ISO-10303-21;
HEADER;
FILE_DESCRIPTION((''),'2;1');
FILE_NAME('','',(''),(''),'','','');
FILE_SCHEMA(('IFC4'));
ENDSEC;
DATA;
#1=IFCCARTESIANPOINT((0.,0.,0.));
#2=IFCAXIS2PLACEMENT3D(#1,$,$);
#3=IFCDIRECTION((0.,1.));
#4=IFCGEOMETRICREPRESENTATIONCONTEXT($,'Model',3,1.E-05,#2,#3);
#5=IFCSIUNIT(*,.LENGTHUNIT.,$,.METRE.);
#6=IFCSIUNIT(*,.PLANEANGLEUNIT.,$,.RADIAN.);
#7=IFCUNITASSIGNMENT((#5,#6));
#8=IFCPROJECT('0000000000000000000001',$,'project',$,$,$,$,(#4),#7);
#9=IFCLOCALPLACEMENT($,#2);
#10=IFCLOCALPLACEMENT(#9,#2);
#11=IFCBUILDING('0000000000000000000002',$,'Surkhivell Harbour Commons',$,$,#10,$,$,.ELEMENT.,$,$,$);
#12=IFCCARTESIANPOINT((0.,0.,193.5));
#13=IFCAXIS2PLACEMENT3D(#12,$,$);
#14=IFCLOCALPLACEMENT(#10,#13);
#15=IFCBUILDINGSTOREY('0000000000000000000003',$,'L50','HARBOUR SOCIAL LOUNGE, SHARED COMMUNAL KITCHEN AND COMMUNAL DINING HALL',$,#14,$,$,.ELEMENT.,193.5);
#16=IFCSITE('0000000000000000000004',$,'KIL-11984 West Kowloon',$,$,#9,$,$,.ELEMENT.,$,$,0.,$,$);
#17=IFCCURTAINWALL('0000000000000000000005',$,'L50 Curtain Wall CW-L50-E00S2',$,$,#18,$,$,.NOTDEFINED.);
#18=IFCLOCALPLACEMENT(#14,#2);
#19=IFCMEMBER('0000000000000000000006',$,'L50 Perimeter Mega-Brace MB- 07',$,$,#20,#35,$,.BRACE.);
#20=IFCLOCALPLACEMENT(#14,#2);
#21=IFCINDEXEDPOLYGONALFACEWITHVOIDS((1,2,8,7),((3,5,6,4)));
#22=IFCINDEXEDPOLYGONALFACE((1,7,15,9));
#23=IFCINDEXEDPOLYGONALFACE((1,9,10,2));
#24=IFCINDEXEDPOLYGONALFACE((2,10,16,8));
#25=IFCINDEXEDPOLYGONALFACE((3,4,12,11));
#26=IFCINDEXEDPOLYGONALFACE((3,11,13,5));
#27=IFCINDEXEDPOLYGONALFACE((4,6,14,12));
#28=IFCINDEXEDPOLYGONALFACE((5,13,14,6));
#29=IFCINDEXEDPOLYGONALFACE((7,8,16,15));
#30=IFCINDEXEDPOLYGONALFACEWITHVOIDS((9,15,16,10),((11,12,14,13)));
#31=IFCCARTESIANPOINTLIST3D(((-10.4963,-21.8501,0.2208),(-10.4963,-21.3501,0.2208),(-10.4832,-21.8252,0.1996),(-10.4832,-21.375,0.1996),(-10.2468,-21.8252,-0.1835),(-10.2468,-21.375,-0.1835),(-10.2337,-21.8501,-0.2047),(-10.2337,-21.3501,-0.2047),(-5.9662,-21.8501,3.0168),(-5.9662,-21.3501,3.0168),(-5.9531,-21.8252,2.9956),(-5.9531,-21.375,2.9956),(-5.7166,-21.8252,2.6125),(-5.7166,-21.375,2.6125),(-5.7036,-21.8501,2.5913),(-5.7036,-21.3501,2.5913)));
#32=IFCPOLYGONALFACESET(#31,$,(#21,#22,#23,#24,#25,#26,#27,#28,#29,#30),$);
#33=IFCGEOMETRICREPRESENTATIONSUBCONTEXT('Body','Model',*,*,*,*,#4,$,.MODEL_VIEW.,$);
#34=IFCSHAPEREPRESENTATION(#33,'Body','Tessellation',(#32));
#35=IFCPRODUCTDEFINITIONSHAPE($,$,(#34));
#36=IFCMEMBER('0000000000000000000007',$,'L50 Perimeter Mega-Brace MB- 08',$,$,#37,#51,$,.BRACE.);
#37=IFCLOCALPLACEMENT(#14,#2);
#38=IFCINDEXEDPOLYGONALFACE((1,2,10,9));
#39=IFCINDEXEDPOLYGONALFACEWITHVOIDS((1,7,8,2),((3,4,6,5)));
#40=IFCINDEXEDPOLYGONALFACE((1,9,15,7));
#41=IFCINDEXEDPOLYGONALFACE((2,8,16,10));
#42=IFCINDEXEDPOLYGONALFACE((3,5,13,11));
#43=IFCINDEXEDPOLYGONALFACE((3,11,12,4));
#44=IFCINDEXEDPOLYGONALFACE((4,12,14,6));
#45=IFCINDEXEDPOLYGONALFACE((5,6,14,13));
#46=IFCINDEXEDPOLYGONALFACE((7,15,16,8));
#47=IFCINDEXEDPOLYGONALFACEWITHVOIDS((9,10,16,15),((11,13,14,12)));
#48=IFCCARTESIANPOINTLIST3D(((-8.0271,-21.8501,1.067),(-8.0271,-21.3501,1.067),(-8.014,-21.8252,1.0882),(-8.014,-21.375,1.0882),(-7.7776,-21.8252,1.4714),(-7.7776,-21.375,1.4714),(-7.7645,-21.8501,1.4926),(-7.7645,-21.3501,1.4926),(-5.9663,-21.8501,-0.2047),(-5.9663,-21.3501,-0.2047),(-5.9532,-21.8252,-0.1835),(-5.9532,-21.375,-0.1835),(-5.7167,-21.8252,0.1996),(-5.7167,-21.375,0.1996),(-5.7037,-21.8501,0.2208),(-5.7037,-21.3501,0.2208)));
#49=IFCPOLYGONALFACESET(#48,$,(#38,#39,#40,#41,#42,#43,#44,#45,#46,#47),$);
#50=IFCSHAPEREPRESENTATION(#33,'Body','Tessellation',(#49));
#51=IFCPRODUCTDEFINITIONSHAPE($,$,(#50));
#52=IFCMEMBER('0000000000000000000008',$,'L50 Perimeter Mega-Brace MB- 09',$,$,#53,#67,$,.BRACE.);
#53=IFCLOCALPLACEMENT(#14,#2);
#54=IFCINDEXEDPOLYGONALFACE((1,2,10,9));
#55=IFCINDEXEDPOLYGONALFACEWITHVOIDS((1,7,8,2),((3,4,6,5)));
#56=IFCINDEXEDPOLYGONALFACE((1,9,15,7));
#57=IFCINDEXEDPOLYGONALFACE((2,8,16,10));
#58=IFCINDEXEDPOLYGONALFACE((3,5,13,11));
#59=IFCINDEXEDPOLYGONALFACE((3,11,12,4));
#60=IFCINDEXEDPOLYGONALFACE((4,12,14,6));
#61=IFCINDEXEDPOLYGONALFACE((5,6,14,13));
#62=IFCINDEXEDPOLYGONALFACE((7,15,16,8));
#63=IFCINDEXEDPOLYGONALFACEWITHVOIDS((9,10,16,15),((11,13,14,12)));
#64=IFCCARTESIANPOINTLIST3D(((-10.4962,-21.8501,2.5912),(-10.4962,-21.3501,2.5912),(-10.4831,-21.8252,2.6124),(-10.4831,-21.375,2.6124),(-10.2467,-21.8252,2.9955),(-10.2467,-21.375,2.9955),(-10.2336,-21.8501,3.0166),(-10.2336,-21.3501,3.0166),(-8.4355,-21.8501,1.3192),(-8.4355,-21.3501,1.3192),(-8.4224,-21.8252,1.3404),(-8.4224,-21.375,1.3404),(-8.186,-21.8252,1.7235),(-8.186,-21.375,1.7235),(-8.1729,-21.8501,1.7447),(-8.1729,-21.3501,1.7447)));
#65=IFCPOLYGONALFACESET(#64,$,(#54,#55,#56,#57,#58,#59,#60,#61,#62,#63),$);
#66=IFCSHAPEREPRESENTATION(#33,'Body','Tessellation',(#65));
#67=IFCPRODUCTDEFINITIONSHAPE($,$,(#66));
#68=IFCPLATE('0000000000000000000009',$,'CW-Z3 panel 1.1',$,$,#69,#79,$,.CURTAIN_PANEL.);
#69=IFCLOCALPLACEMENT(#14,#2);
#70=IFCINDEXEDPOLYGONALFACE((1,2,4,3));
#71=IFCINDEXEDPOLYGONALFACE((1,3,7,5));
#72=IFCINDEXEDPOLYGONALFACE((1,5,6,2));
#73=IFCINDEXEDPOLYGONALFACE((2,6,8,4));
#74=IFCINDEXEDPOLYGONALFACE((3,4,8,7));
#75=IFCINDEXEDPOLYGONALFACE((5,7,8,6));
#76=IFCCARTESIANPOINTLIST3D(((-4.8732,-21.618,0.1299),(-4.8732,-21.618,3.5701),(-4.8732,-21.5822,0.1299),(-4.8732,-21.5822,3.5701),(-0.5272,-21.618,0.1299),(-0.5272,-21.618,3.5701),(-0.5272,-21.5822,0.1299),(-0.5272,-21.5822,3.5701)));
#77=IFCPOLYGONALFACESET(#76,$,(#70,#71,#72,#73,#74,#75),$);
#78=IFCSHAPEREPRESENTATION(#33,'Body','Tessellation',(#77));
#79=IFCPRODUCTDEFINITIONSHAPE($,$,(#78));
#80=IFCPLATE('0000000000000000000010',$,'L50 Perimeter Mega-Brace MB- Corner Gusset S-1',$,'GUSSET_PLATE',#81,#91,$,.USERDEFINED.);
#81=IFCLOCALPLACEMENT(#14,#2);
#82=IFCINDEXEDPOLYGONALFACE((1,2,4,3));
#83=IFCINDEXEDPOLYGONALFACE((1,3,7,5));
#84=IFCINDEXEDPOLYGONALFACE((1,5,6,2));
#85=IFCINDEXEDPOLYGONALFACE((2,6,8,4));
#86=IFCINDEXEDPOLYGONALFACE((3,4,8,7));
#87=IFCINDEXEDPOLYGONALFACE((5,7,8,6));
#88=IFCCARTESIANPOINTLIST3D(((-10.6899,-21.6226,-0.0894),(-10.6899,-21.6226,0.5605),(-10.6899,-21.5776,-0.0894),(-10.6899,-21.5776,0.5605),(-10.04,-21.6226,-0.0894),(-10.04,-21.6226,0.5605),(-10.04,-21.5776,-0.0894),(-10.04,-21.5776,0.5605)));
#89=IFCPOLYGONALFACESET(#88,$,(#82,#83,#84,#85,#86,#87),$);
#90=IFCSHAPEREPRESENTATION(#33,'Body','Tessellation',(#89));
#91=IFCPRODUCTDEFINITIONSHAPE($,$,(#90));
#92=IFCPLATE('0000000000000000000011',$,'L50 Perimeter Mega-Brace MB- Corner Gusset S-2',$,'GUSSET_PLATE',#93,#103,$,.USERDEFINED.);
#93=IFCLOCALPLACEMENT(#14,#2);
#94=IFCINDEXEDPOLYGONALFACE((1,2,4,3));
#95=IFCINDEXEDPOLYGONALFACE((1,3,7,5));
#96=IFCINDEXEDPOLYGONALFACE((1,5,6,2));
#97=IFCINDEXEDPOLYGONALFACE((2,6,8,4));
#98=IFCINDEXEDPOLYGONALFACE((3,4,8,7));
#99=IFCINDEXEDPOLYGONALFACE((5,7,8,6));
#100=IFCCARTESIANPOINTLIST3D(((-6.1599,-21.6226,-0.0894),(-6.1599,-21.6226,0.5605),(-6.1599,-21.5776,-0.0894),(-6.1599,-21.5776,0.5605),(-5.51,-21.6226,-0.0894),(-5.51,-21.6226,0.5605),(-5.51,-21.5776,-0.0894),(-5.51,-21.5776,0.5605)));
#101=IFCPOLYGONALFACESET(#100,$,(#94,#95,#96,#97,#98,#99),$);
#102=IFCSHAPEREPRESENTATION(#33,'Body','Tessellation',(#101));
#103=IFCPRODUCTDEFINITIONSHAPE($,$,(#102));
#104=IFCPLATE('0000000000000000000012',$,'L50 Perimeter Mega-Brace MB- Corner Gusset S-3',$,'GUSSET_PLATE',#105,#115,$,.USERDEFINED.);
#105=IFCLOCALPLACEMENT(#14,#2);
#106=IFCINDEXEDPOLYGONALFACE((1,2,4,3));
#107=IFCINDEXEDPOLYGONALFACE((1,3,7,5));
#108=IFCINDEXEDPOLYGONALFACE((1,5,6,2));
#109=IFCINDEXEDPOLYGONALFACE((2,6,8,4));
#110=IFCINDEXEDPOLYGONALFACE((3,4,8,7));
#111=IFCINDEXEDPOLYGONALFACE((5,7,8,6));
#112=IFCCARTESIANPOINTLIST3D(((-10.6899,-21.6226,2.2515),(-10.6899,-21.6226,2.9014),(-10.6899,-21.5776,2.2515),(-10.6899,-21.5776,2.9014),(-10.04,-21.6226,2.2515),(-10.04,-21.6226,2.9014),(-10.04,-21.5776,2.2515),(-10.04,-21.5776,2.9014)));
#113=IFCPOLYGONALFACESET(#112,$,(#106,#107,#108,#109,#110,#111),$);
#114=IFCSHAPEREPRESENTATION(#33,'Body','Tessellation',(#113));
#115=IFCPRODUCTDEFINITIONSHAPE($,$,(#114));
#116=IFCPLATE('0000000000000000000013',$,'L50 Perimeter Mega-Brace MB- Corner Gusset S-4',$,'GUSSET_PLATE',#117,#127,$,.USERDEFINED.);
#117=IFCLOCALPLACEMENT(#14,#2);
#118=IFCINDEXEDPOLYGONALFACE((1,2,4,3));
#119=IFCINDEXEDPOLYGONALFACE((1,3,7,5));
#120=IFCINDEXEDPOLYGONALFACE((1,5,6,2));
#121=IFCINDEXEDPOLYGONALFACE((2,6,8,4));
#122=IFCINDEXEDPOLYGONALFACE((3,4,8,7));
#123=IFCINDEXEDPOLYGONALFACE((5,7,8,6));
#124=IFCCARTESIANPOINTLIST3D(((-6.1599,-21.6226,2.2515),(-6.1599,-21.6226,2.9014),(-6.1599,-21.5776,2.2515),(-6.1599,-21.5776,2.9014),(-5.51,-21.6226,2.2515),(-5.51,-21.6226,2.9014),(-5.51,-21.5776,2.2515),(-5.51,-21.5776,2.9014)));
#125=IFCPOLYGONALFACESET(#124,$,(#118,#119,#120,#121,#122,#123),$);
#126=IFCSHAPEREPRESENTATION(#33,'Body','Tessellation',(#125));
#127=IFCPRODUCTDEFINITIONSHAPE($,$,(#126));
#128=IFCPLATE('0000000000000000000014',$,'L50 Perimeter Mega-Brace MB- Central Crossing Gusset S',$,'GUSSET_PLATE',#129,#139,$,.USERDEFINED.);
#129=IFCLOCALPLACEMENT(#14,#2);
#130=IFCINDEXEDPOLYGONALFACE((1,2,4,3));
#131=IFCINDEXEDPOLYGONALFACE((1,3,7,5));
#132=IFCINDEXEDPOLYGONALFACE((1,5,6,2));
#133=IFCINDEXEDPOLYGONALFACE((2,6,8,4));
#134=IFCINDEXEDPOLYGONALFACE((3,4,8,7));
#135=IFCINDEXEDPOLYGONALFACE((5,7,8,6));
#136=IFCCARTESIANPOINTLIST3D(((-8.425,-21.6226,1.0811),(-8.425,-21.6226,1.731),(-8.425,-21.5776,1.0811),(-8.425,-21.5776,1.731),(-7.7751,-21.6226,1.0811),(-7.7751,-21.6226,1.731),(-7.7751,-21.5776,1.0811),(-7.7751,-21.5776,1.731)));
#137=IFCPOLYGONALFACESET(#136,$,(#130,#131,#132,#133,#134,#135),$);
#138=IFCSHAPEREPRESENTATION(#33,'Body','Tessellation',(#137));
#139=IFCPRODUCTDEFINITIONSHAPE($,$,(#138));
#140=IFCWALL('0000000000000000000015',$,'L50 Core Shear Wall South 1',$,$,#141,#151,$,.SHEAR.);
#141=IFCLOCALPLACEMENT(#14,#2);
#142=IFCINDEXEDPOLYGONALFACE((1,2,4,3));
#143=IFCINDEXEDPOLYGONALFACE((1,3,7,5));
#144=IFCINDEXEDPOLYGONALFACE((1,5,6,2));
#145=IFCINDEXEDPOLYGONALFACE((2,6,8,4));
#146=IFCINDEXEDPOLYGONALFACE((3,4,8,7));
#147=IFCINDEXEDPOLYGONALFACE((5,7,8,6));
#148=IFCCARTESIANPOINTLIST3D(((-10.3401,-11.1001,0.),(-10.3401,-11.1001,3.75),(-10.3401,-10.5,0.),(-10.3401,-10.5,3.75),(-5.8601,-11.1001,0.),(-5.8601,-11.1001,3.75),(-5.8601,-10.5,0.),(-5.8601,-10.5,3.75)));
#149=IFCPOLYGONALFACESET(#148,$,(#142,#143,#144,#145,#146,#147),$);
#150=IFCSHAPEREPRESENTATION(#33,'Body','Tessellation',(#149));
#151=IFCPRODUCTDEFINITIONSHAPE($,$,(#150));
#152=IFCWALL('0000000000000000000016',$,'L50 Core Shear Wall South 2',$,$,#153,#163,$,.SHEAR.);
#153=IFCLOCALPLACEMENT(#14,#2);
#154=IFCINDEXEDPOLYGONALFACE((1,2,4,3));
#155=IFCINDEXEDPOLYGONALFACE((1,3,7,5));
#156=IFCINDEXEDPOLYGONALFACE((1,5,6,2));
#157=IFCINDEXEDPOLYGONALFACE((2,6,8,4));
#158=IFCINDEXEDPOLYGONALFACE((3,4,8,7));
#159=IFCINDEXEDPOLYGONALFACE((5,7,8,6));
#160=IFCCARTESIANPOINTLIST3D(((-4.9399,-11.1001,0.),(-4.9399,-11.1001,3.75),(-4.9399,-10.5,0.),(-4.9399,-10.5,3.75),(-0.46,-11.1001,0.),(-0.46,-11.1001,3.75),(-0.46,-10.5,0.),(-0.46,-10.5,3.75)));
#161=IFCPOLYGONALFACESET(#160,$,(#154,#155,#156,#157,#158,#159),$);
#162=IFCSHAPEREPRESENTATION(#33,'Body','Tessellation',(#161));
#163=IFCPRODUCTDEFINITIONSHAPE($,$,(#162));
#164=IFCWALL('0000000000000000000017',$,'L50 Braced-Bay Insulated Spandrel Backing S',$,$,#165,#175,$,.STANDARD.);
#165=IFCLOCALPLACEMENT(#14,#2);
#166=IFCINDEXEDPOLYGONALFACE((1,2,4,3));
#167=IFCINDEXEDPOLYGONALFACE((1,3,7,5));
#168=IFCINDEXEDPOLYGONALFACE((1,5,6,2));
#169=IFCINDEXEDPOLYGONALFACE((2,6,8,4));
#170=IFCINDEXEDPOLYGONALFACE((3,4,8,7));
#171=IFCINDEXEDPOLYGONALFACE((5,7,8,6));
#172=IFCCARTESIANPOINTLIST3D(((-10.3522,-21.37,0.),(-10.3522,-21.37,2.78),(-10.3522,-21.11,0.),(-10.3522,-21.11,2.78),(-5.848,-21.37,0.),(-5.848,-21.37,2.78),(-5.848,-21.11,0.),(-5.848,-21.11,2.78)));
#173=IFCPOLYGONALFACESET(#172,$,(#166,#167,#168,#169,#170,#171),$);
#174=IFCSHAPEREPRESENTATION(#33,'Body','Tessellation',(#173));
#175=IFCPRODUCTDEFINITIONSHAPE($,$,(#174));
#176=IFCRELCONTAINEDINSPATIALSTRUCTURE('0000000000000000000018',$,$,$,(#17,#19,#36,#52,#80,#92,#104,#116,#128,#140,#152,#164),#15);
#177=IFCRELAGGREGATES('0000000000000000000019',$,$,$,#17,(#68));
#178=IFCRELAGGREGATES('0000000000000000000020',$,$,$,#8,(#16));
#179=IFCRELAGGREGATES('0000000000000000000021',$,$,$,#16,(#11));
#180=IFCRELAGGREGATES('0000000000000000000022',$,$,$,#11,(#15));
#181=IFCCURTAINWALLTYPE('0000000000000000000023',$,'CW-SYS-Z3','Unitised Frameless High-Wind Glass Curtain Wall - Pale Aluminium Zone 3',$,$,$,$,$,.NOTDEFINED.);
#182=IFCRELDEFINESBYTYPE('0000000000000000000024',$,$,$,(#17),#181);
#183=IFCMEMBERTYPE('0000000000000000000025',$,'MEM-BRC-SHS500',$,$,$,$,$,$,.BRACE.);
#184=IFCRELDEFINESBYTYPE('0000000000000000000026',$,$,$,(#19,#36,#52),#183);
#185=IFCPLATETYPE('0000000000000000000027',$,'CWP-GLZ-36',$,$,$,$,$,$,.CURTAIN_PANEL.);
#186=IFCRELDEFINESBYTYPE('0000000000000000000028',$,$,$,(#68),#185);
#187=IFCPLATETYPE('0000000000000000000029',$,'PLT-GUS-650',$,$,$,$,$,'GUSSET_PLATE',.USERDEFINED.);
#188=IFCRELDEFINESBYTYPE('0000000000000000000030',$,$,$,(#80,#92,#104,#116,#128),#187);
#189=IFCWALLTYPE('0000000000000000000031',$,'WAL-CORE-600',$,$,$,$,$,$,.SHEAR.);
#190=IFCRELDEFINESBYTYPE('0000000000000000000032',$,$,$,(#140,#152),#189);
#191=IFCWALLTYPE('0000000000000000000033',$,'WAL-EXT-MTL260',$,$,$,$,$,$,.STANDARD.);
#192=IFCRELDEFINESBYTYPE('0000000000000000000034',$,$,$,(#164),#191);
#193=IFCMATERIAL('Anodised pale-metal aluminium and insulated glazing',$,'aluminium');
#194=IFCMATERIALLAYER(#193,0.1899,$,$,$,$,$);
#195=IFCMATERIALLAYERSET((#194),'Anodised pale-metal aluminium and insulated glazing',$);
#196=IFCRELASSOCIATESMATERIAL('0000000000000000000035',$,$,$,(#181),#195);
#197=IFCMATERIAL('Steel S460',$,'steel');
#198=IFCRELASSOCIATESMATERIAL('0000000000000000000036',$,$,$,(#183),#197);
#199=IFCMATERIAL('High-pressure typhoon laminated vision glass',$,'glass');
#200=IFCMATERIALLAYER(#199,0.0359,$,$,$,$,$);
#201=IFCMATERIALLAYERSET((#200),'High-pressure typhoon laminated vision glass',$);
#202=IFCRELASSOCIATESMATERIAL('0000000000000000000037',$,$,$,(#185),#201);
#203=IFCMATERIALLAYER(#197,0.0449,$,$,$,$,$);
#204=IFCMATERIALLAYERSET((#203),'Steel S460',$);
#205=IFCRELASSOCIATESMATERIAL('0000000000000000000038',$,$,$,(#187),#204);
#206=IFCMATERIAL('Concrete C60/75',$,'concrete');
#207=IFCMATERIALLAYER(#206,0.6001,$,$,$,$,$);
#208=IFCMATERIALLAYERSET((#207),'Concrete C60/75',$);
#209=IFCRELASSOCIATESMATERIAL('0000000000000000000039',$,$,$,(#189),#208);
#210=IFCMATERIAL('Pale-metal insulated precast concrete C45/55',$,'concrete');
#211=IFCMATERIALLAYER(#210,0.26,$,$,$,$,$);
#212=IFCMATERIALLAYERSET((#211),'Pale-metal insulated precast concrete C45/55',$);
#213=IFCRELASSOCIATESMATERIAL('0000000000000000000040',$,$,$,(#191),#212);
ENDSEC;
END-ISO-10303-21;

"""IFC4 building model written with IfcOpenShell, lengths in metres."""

from ifc_helpers import new_model, si_unit, direction, frame, frame_2d, origin, origin_2d, place, context, subcontext, project, spatial, rectangle, hollow_rectangle, extrude, material, layer, layer_set, material_profile, profile_set, type_object, element, aggregate, save


model = new_model("IFC4")

# Units and contexts
model_context = context("Model", 3, precision=1e-05, world=origin(), true_north=direction((0.0, 1.0)))
body_context = subcontext(model_context, "Body", "Model", "MODEL_VIEW")
ifc_project = project(units=[si_unit("LENGTHUNIT", "METRE"), si_unit("PLANEANGLEUNIT", "RADIAN")], contexts=[model_context])

# Site, building, storey
site_placement = place(None, origin())
site = spatial("IfcSite", under=ifc_project, at=site_placement, Name="KIL-11984 West Kowloon", CompositionType="ELEMENT", RefElevation=0.0)
building_placement = place(site_placement, origin())
building = spatial("IfcBuilding", under=site, at=building_placement, Name="Surkhivell Harbour Commons", CompositionType="ELEMENT")
storey_placement = place(building_placement, frame((0.0, 0.0, 193.5)))
storey = spatial("IfcBuildingStorey", under=building, at=storey_placement, Name="L50", Description="HARBOUR SOCIAL LOUNGE, SHARED COMMUNAL KITCHEN AND COMMUNAL DINING HALL", CompositionType="ELEMENT", Elevation=193.5)

# Shared definitions
ifc_material_1 = material(Name="Concrete C60/75", Category="concrete")

# Shared definitions
ifc_material_2 = material(Name="Anodised pale-metal aluminium and insulated glazing", Category="aluminium")
ifc_layer_1 = layer(ifc_material_2, 0.1899)
ifc_layer_set_1 = layer_set([ifc_layer_1], Name="Anodised pale-metal aluminium and insulated glazing")
curtain_wall_type = type_object("IfcCurtainWallType", Name="CW-SYS-Z3", Description="Unitised Frameless High-Wind Glass Curtain Wall - Pale Aluminium Zone 3", PredefinedType="NOTDEFINED", material=ifc_layer_set_1)

# Curtain wall
curtain_wall_1_placement = place(storey_placement, origin())
curtain_wall_1 = element("IfcCurtainWall", 1, at=curtain_wall_1_placement, inside=storey, type_object=curtain_wall_type, Name="L50 Curtain Wall CW-L50-E00S2", PredefinedType="NOTDEFINED")

# Members
ifc_material_3 = material(Name="Steel S460", Category="steel")
ifc_material_profile_1 = material_profile(ifc_material_3, hollow_rectangle(XDim=0.5, YDim=0.5, WallThickness=0.0249, at=origin_2d()), Name="SHS500x500x25")
ifc_profile_set_1 = profile_set([ifc_material_profile_1], Name="Steel S460")
member_type_1 = type_object("IfcMemberType", Name="MEM-BRC-SHS500", PredefinedType="BRACE", material=ifc_profile_set_1)
member_1_placement = place(storey_placement, frame((-10.365, -21.6001, 0.0081), z_axis=(0.850971, 0.0, 0.525213), x_axis=(0.0, 1.0, 0.0)))
element("IfcMember", 2, at=member_1_placement, inside=storey, type_object=member_type_1, Name="L50 Perimeter Mega-Brace MB- 07", PredefinedType="BRACE", context=body_context, shape_type="SweptSolid", body=[
    extrude(hollow_rectangle(XDim=0.5, YDim=0.5, WallThickness=0.0249, at=origin_2d()), origin(), (0.0, 0.0, 1.0), 5.3235),
])
for number, where, z_axis, x_axis, name in (
    (3, (-5.835, -21.6001, 0.0081), (-0.851003, 0.0, 0.52516), (0.0, -1.0, 0.0), "L50 Perimeter Mega-Brace MB- 08"),
    (4, (-8.3042, -21.6001, 1.532), (-0.850958, 0.0, 0.525233), (0.0, -1.0, 0.0), "L50 Perimeter Mega-Brace MB- 09"),
):
    element("IfcMember", number, at=place(storey_placement, frame(where, z_axis=z_axis, x_axis=x_axis)), inside=storey, type_object=member_type_1, Name=name, PredefinedType="BRACE", context=body_context, shape_type="SweptSolid", body=[
        extrude(hollow_rectangle(XDim=0.5, YDim=0.5, WallThickness=0.0249, at=origin_2d()), origin(), (0.0, 0.0, 1.0), 2.4216),
    ])

# Plate
ifc_material_4 = material(Name="High-pressure typhoon laminated vision glass", Category="glass")
ifc_layer_2 = layer(ifc_material_4, 0.0359)
ifc_layer_set_2 = layer_set([ifc_layer_2], Name="High-pressure typhoon laminated vision glass")
plate_type_1 = type_object("IfcPlateType", Name="CWP-GLZ-36", PredefinedType="CURTAIN_PANEL", material=ifc_layer_set_2)
plate_placement = place(storey_placement, frame((-4.873, -21.6001, 0.1299), z_axis=(0.0, 0.0, 1.0), x_axis=(1.0, 0.0, 0.0)))
plate = element("IfcPlate", 5, at=plate_placement, type_object=plate_type_1, Name="CW-Z3 panel 1.1", PredefinedType="CURTAIN_PANEL", context=body_context, shape_type="SweptSolid", body=[
    extrude(rectangle(XDim=4.3459, YDim=0.0359, at=frame_2d((2.1729, 0.0))), origin(), (0.0, 0.0, 1.0), 3.4402),
])
aggregate(curtain_wall_1, [plate])

# Plates
ifc_layer_3 = layer(ifc_material_3, 0.0449)
ifc_layer_set_3 = layer_set([ifc_layer_3], Name="Steel S460")
plate_type_2 = type_object("IfcPlateType", Name="PLT-GUS-650", ElementType="GUSSET_PLATE", PredefinedType="USERDEFINED", material=ifc_layer_set_3)
for number, where, z_axis, x_axis, name in (
    (6, (-10.365, -21.6001, -0.0894), (0.0, 0.0, 1.0), (1.0, 0.0, 0.0), "L50 Perimeter Mega-Brace MB- Corner Gusset S-1"),
    (7, (-5.835, -21.6001, -0.0894), (0.0, 0.0, 1.0), (1.0, 0.0, 0.0), "L50 Perimeter Mega-Brace MB- Corner Gusset S-2"),
    (8, (-10.365, -21.6001, 2.2515), (0.0, 0.0, 1.0), (1.0, 0.0, 0.0), "L50 Perimeter Mega-Brace MB- Corner Gusset S-3"),
    (9, (-5.835, -21.6001, 2.2515), (0.0, 0.0, 1.0), (1.0, 0.0, 0.0), "L50 Perimeter Mega-Brace MB- Corner Gusset S-4"),
    (10, (-8.1001, -21.6001, 1.0811), (0.0, 0.0, 1.0), (1.0, 0.0, 0.0), "L50 Perimeter Mega-Brace MB- Central Crossing Gusset S"),
):
    element("IfcPlate", number, at=place(storey_placement, frame(where, z_axis=z_axis, x_axis=x_axis)), inside=storey, type_object=plate_type_2, Name=name, ObjectType="GUSSET_PLATE", PredefinedType="USERDEFINED", context=body_context, shape_type="SweptSolid", body=[
        extrude(rectangle(XDim=0.6499, YDim=0.0449, at=origin_2d()), origin(), (0.0, 0.0, 1.0), 0.6499),
    ])

# Walls
ifc_layer_4 = layer(ifc_material_1, 0.6001)
ifc_layer_set_4 = layer_set([ifc_layer_4], Name="Concrete C60/75")
wall_type_1 = type_object("IfcWallType", Name="WAL-CORE-600", PredefinedType="SHEAR", material=ifc_layer_set_4)
for number, where, z_axis, x_axis, name in (
    (11, (-10.3401, -10.8, 0.0), (0.0, 0.0, 1.0), (1.0, 0.0, 0.0), "L50 Core Shear Wall South 1"),
    (12, (-4.9399, -10.8, 0.0), (0.0, 0.0, 1.0), (1.0, 0.0, 0.0), "L50 Core Shear Wall South 2"),
):
    element("IfcWall", number, at=place(storey_placement, frame(where, z_axis=z_axis, x_axis=x_axis)), inside=storey, type_object=wall_type_1, Name=name, PredefinedType="SHEAR", context=body_context, shape_type="SweptSolid", body=[
        extrude(rectangle(XDim=4.48, YDim=0.6001, at=frame_2d((2.24, 0.0))), origin(), (0.0, 0.0, 1.0), 3.75),
    ])
ifc_material_5 = material(Name="Pale-metal insulated precast concrete C45/55", Category="concrete")
ifc_layer_5 = layer(ifc_material_5, 0.26)
ifc_layer_set_5 = layer_set([ifc_layer_5], Name="Pale-metal insulated precast concrete C45/55")
wall_type_2 = type_object("IfcWallType", Name="WAL-EXT-MTL260", PredefinedType="STANDARD", material=ifc_layer_set_5)
wall_placement = place(storey_placement, frame((-10.3521, -21.24, 0.0), z_axis=(0.0, 0.0, 1.0), x_axis=(1.0, 0.0, 0.0)))
element("IfcWall", 13, at=wall_placement, inside=storey, type_object=wall_type_2, Name="L50 Braced-Bay Insulated Spandrel Backing S", PredefinedType="STANDARD", context=body_context, shape_type="SweptSolid", body=[
    extrude(rectangle(XDim=4.5042, YDim=0.26, at=frame_2d((2.252, 0.0))), origin(), (0.0, 0.0, 1.0), 2.78),
])

save(model, "model.ifc")
